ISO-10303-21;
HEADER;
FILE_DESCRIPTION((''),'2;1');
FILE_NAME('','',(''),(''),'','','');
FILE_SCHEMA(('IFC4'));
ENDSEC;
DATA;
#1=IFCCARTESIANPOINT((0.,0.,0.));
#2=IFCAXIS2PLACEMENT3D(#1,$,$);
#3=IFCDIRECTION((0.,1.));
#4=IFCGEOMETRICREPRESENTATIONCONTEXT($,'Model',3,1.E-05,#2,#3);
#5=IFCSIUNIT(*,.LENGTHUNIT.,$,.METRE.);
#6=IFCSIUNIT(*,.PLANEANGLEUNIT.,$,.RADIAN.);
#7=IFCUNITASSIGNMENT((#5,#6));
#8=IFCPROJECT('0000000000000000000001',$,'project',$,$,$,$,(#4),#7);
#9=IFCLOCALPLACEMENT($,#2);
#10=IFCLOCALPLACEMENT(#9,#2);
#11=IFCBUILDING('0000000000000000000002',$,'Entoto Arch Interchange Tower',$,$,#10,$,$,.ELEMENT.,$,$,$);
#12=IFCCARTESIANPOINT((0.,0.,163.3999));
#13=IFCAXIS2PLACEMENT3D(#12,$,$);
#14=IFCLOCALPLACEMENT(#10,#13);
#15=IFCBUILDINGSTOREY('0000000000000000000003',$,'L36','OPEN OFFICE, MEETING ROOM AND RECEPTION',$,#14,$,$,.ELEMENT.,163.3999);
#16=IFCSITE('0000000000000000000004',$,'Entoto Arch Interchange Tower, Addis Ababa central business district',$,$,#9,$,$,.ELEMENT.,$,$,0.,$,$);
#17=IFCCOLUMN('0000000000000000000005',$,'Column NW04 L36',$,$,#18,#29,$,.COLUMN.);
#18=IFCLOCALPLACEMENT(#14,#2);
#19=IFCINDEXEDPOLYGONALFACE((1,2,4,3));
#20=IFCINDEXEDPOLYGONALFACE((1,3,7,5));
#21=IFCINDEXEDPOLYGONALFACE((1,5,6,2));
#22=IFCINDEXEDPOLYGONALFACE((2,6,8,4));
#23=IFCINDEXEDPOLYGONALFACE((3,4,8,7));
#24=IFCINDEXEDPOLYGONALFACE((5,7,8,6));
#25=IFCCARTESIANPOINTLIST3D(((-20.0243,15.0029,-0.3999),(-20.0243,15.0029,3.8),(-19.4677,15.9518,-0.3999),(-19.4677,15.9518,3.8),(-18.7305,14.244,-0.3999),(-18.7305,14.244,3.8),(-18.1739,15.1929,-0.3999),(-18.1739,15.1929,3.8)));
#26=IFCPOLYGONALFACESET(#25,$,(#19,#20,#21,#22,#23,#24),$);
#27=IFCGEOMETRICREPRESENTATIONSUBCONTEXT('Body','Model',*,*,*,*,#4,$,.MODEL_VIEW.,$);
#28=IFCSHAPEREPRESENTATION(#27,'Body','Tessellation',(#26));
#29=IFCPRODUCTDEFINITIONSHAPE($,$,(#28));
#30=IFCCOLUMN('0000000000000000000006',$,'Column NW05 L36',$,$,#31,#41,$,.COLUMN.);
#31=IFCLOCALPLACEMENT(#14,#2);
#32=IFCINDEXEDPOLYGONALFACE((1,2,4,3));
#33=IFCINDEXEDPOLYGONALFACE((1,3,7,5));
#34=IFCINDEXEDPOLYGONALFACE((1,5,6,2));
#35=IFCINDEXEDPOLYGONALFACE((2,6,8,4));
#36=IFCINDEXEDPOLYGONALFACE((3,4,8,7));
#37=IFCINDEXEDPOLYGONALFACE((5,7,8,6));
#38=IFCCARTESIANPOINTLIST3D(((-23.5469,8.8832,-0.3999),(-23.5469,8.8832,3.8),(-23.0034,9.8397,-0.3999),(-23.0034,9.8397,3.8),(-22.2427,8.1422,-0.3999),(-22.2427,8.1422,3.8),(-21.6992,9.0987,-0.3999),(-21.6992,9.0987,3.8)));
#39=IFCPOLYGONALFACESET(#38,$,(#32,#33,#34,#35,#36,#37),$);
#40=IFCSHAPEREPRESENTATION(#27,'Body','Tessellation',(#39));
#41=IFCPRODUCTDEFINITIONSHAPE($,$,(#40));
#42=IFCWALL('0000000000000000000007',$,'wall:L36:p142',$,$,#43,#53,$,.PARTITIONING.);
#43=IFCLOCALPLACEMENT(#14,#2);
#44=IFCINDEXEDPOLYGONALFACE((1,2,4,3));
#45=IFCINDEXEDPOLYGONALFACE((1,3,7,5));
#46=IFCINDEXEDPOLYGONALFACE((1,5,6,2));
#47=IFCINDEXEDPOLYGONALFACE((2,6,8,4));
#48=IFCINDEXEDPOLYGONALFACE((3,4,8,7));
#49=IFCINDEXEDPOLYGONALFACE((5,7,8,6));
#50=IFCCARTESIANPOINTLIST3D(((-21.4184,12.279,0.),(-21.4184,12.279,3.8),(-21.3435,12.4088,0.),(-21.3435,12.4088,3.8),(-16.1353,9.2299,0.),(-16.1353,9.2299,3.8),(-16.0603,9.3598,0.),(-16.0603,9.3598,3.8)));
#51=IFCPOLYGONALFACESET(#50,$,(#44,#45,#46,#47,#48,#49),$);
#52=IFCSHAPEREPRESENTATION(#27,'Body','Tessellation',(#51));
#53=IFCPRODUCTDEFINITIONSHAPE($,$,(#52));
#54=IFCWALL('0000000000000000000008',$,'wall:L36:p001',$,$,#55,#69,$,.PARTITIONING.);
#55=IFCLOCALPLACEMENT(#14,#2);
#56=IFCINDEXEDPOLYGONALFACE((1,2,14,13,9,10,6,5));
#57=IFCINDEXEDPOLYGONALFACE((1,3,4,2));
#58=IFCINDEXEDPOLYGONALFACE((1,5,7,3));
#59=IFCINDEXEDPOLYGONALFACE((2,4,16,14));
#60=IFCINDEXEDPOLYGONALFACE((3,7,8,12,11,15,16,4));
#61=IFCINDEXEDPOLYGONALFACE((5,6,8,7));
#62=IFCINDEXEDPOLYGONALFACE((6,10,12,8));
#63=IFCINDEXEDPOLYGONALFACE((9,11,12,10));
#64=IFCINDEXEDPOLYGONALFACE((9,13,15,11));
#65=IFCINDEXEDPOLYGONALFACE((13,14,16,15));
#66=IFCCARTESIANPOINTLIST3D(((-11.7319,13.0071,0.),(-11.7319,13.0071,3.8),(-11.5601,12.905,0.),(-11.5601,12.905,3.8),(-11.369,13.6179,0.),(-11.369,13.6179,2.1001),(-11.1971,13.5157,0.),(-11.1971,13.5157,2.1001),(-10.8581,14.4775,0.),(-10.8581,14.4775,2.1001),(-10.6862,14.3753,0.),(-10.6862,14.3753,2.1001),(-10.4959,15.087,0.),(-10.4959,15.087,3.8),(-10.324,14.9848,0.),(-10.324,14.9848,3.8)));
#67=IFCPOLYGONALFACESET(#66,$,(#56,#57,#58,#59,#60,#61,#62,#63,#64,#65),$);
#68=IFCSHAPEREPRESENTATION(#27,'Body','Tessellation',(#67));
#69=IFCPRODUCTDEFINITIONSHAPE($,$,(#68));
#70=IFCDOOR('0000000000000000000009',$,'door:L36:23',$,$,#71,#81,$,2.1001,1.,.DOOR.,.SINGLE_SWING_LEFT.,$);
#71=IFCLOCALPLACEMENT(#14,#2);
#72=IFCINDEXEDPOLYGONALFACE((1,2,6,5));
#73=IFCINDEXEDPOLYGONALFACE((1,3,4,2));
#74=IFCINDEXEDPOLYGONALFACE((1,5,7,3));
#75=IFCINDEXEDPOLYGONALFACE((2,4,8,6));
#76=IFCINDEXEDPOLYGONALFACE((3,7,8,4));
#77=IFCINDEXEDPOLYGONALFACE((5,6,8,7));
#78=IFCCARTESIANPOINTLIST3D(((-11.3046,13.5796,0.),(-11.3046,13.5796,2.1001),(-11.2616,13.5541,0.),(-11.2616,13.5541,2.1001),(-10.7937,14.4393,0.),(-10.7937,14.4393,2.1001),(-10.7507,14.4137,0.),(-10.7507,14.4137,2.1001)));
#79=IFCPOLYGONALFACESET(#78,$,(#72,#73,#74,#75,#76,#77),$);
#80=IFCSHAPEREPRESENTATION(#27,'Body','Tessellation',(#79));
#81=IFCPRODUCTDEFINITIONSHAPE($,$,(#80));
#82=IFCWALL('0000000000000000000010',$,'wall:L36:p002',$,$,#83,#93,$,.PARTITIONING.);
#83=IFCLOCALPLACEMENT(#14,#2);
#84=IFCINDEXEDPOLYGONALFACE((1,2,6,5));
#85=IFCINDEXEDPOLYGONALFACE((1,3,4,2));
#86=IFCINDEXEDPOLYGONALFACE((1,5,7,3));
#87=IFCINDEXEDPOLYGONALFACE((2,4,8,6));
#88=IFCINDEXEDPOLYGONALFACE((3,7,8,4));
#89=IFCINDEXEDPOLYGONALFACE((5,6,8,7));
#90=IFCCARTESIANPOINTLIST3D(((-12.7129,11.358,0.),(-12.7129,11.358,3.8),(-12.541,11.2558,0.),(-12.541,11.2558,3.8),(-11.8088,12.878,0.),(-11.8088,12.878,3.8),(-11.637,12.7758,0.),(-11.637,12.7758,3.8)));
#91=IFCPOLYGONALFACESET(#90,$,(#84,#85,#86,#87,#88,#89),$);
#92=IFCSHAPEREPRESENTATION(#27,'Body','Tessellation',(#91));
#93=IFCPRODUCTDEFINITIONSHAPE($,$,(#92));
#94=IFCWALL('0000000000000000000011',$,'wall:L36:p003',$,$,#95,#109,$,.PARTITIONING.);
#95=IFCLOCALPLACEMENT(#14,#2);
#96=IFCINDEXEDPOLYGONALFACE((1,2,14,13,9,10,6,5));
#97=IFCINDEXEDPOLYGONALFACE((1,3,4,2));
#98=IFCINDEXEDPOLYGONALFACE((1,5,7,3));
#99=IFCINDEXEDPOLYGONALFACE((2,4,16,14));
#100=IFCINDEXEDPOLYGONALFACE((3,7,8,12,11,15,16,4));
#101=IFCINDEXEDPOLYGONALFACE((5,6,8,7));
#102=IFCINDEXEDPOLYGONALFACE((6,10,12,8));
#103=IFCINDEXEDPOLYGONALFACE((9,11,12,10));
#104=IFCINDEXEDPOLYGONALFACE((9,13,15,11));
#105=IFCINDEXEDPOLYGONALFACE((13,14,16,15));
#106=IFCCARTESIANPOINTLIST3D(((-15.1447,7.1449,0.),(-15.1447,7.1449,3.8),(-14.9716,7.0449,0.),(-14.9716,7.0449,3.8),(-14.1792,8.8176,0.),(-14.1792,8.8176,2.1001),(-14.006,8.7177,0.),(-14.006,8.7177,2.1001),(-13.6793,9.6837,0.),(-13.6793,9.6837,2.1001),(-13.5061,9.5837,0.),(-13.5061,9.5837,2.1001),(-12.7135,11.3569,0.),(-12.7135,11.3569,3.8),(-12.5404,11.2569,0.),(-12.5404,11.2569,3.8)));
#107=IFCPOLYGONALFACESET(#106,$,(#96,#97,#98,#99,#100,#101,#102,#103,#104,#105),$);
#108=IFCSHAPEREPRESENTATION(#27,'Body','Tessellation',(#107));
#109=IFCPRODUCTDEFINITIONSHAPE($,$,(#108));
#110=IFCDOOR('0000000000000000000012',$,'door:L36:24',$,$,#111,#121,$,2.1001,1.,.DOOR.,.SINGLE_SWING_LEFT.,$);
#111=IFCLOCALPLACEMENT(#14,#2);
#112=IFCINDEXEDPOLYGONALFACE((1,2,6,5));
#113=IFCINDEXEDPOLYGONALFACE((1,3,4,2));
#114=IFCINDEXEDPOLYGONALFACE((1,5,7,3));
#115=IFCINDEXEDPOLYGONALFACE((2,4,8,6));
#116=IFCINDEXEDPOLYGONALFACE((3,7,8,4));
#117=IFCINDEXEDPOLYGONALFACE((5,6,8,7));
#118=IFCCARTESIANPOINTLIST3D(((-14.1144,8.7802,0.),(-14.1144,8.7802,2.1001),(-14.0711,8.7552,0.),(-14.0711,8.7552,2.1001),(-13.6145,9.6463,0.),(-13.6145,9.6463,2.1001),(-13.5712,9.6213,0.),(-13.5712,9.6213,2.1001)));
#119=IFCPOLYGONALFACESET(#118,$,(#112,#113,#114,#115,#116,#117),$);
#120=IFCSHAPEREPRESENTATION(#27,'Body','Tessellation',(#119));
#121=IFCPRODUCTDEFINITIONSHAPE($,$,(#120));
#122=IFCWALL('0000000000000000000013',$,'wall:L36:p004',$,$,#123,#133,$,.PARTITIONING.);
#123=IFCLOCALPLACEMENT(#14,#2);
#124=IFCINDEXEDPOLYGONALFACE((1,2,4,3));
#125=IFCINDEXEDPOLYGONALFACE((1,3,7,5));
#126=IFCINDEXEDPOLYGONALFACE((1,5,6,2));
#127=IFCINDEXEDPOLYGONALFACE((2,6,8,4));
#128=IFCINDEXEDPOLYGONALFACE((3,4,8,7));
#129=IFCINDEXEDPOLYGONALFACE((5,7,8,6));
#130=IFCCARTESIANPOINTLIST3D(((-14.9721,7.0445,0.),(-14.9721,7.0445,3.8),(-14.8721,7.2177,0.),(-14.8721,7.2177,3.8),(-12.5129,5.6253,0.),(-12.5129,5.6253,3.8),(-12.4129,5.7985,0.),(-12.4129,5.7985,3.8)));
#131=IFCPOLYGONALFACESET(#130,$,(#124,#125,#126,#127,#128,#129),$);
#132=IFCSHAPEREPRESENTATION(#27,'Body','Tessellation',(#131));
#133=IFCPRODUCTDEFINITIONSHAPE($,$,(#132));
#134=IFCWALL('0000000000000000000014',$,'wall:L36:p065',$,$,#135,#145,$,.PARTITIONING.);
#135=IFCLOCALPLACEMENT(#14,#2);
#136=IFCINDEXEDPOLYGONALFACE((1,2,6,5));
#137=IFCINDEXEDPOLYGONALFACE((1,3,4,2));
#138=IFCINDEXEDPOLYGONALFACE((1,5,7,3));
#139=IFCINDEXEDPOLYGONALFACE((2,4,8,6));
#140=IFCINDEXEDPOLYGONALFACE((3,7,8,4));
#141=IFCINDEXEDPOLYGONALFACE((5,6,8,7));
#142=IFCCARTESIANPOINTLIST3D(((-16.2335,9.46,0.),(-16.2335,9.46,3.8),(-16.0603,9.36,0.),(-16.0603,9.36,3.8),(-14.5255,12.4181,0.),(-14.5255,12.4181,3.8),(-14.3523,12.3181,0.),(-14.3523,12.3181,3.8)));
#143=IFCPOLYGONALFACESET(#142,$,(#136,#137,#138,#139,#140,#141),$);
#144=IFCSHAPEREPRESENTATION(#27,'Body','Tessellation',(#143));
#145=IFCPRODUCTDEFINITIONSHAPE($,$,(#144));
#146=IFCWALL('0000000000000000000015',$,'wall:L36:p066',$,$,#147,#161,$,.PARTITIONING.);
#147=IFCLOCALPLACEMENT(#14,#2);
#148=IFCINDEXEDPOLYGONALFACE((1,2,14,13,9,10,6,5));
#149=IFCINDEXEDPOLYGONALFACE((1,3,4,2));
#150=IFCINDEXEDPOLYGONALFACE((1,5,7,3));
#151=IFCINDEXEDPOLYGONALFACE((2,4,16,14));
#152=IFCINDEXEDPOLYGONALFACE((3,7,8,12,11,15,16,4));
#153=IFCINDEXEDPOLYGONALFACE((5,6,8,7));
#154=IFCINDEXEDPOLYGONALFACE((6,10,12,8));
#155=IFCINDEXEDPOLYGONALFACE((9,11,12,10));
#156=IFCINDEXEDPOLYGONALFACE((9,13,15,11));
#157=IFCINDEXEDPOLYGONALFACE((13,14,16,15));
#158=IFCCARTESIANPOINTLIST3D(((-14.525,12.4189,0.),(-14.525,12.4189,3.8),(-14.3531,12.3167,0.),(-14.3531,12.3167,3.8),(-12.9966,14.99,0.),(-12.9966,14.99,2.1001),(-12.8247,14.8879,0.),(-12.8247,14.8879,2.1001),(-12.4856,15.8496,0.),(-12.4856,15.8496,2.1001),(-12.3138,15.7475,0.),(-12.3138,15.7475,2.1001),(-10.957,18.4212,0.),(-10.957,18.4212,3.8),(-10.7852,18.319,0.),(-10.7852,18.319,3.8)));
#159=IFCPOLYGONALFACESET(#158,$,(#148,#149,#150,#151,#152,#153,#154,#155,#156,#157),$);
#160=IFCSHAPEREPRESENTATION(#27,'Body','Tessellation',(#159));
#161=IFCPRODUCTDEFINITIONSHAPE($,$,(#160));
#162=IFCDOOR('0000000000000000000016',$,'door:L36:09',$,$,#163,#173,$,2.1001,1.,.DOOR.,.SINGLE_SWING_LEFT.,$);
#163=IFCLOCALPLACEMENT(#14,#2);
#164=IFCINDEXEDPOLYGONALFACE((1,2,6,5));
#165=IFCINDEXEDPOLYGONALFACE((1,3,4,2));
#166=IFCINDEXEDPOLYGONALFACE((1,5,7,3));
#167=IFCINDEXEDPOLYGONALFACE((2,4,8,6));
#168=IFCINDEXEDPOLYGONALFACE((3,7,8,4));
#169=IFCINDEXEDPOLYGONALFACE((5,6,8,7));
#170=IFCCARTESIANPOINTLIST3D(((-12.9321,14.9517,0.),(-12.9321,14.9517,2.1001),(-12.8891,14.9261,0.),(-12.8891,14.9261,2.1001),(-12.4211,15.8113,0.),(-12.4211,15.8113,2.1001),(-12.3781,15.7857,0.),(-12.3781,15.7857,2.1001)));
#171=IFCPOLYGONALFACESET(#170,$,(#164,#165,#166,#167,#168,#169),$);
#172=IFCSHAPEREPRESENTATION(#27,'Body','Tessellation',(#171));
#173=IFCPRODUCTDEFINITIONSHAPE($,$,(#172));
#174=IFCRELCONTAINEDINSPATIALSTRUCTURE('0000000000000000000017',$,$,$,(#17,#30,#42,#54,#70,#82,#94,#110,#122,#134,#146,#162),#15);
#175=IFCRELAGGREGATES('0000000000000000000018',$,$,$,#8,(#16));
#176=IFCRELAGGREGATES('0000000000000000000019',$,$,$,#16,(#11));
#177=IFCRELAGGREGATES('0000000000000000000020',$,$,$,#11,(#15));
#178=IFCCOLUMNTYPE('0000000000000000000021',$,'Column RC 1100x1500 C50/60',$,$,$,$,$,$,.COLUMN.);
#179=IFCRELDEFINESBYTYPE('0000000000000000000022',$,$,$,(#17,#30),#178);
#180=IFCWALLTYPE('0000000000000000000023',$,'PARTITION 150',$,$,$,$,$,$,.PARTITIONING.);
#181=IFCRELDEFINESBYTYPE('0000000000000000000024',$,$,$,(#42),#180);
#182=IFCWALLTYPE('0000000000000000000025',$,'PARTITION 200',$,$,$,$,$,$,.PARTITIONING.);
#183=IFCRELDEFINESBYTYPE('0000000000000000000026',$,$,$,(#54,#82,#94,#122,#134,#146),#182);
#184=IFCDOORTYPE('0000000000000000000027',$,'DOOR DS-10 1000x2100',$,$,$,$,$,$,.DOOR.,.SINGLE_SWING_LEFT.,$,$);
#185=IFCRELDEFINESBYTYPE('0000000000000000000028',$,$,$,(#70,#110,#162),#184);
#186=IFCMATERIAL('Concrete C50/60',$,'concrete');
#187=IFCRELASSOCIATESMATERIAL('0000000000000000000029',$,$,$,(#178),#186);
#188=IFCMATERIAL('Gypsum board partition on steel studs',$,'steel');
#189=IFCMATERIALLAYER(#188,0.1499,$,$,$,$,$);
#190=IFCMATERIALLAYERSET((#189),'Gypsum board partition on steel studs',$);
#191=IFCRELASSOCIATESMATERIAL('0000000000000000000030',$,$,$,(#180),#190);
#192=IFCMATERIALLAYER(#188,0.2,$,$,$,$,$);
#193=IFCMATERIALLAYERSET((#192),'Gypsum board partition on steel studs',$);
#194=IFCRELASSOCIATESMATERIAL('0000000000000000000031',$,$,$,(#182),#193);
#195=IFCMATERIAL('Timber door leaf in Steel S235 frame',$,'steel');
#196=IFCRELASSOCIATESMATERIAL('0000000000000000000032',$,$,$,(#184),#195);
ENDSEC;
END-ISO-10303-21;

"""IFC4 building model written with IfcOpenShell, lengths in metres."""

from ifc_helpers import new_model, si_unit, direction, frame, frame_2d, origin, origin_2d, place, context, subcontext, project, spatial, rectangle, extrude, material, layer, layer_set, material_profile, profile_set, type_object, element, fill, save


model = new_model("IFC4")

# Units and contexts
model_context = context("Model", 3, precision=1e-05, world=origin(), true_north=direction((0.0, 1.0)))
body_context = subcontext(model_context, "Body", "Model", "MODEL_VIEW")
ifc_project = project(units=[si_unit("LENGTHUNIT", "METRE"), si_unit("PLANEANGLEUNIT", "RADIAN")], contexts=[model_context])

# Site, building, storey
site_placement = place(None, origin())
site = spatial("IfcSite", under=ifc_project, at=site_placement, Name="Entoto Arch Interchange Tower, Addis Ababa central business district", CompositionType="ELEMENT", RefElevation=0.0)
building_placement = place(site_placement, origin())
building = spatial("IfcBuilding", under=site, at=building_placement, Name="Entoto Arch Interchange Tower", CompositionType="ELEMENT")
storey_placement = place(building_placement, frame((0.0, 0.0, 163.3999)))
storey = spatial("IfcBuildingStorey", under=building, at=storey_placement, Name="L36", Description="OPEN OFFICE, MEETING ROOM AND RECEPTION", CompositionType="ELEMENT", Elevation=163.3999)

# Columns
ifc_material_1 = material(Name="Concrete C50/60", Category="concrete")
ifc_material_profile = material_profile(ifc_material_1, rectangle(XDim=1.1001, YDim=1.5, at=origin_2d()))
ifc_profile_set = profile_set([ifc_material_profile], Name="Concrete C50/60")
column_type = type_object("IfcColumnType", Name="Column RC 1100x1500 C50/60", PredefinedType="COLUMN", material=ifc_profile_set)
for number, where, z_axis, x_axis, name in (
    (1, (-19.0991, 15.0979, -0.3999), (0.0, 0.0, 1.0), (0.505958, 0.862558, 0.0), "Column NW04 L36"),
    (2, (-22.623, 8.991, -0.3999), (0.0, 0.0, 1.0), (0.494018, 0.869452, 0.0), "Column NW05 L36"),
):
    element("IfcColumn", number, at=place(storey_placement, frame(where, z_axis=z_axis, x_axis=x_axis)), inside=storey, type_object=column_type, Name=name, PredefinedType="COLUMN", context=body_context, shape_type="SweptSolid", body=[
        extrude(rectangle(XDim=1.1001, YDim=1.5, at=origin_2d()), origin(), (0.0, 0.0, 1.0), 4.2),
    ])

# Wall
ifc_material_2 = material(Name="Gypsum board partition on steel studs", Category="steel")
ifc_layer_1 = layer(ifc_material_2, 0.1499)
ifc_layer_set_1 = layer_set([ifc_layer_1], Name="Gypsum board partition on steel studs")
wall_type_1 = type_object("IfcWallType", Name="PARTITION 150", PredefinedType="PARTITIONING", material=ifc_layer_set_1)
wall_1_placement = place(storey_placement, frame((-16.0979, 9.2949, 0.0), z_axis=(0.0, 0.0, 1.0), x_axis=(-0.86611, 0.499854, 0.0)))
element("IfcWall", 3, at=wall_1_placement, inside=storey, type_object=wall_type_1, Name="wall:L36:p142", PredefinedType="PARTITIONING", context=body_context, shape_type="SweptSolid", body=[
    extrude(rectangle(XDim=6.0999, YDim=0.1499, at=frame_2d((3.0498, 0.0))), origin(), (0.0, 0.0, 1.0), 3.8),
])

# Wall, opening, door
ifc_layer_2 = layer(ifc_material_2, 0.2)
ifc_layer_set_2 = layer_set([ifc_layer_2], Name="Gypsum board partition on steel studs")
wall_type_2 = type_object("IfcWallType", Name="PARTITION 200", PredefinedType="PARTITIONING", material=ifc_layer_set_2)
wall_2_placement = place(storey_placement, frame((-10.4099, 15.0359, 0.0), z_axis=(0.0, 0.0, 1.0), x_axis=(-0.5109, -0.85964, 0.0)))
wall_2 = element("IfcWall", 4, at=wall_2_placement, inside=storey, type_object=wall_type_2, Name="wall:L36:p001", PredefinedType="PARTITIONING", context=body_context, shape_type="SweptSolid", body=[
    extrude(rectangle(XDim=2.4194, YDim=0.2, at=frame_2d((1.2097, 0.0))), origin(), (0.0, 0.0, 1.0), 3.8),
])
opening_1_placement = place(wall_2_placement, frame((0.709, 0.0, 0.0)))
opening_1 = element("IfcOpeningElement", 5, at=opening_1_placement, cuts=wall_2, PredefinedType="OPENING", context=body_context, shape_type="SweptSolid", body=[
    extrude(rectangle(XDim=1.0, YDim=2.1001, at=frame_2d((0.5, 1.05))), frame((0.0, 0.1099, 0.0), z_axis=(0.0, -1.0, 0.0), x_axis=(1.0, 0.0, 0.0)), (0.0, 0.0, 1.0), 0.22),
])
ifc_material_3 = material(Name="Timber door leaf in Steel S235 frame", Category="steel")
door_type = type_object("IfcDoorType", Name="DOOR DS-10 1000x2100", OperationType="SINGLE_SWING_LEFT", PredefinedType="DOOR", material=ifc_material_3)
door_1_placement = place(opening_1_placement, origin())
door_1 = element("IfcDoor", 6, at=door_1_placement, inside=storey, type_object=door_type, Name="door:L36:23", OperationType="SINGLE_SWING_LEFT", OverallHeight=2.1001, OverallWidth=1.0, PredefinedType="DOOR", context=body_context, shape_type="SweptSolid", body=[
    extrude(rectangle(XDim=1.0, YDim=2.1001, at=frame_2d((0.5, 1.05))), frame((0.0, 0.0249, 0.0), z_axis=(0.0, -1.0, 0.0), x_axis=(1.0, 0.0, 0.0)), (0.0, 0.0, 1.0), 0.05),
])
fill(opening_1, door_1)

# Wall
wall_3_placement = place(storey_placement, frame((-11.7229, 12.8269, 0.0), z_axis=(0.0, 0.0, 1.0), x_axis=(-0.511183, -0.859472, 0.0)))
element("IfcWall", 7, at=wall_3_placement, inside=storey, type_object=wall_type_2, Name="wall:L36:p002", PredefinedType="PARTITIONING", context=body_context, shape_type="SweptSolid", body=[
    extrude(rectangle(XDim=1.7686, YDim=0.2, at=frame_2d((0.8843, 0.0))), origin(), (0.0, 0.0, 1.0), 3.8),
])

# Wall, opening, door
wall_4_placement = place(storey_placement, frame((-12.627, 11.3069, 0.0), z_axis=(0.0, 0.0, 1.0), x_axis=(-0.499908, -0.866079, 0.0)))
wall_4 = element("IfcWall", 8, at=wall_4_placement, inside=storey, type_object=wall_type_2, Name="wall:L36:p003", PredefinedType="PARTITIONING", context=body_context, shape_type="SweptSolid", body=[
    extrude(rectangle(XDim=4.8633, YDim=0.2, at=frame_2d((2.4316, 0.0))), origin(), (0.0, 0.0, 1.0), 3.8),
])
opening_2_placement = place(wall_4_placement, frame((1.9319, 0.0, 0.0)))
opening_2 = element("IfcOpeningElement", 9, at=opening_2_placement, cuts=wall_4, PredefinedType="OPENING", context=body_context, shape_type="SweptSolid", body=[
    extrude(rectangle(XDim=1.0, YDim=2.1001, at=frame_2d((0.5, 1.05))), frame((0.0, 0.1099, 0.0), z_axis=(0.0, -1.0, 0.0), x_axis=(1.0, 0.0, 0.0)), (0.0, 0.0, 1.0), 0.22),
])
door_2_placement = place(opening_2_placement, origin())
door_2 = element("IfcDoor", 10, at=door_2_placement, inside=storey, type_object=door_type, Name="door:L36:24", OperationType="SINGLE_SWING_LEFT", OverallHeight=2.1001, OverallWidth=1.0, PredefinedType="DOOR", context=body_context, shape_type="SweptSolid", body=[
    extrude(rectangle(XDim=1.0, YDim=2.1001, at=frame_2d((0.5, 1.05))), frame((0.0, 0.0249, 0.0), z_axis=(0.0, -1.0, 0.0), x_axis=(1.0, 0.0, 0.0)), (0.0, 0.0, 1.0), 0.05),
])
fill(opening_2, door_2)

# Walls
wall_5_placement = place(storey_placement, frame((-14.9221, 7.1311, 0.0), z_axis=(0.0, 0.0, 1.0), x_axis=(0.866124, -0.499829, 0.0)))
element("IfcWall", 11, at=wall_5_placement, inside=storey, type_object=wall_type_2, Name="wall:L36:p004", PredefinedType="PARTITIONING", context=body_context, shape_type="SweptSolid", body=[
    extrude(rectangle(XDim=2.8394, YDim=0.2, at=frame_2d((1.4197, 0.0))), origin(), (0.0, 0.0, 1.0), 3.8),
])
wall_6_placement = place(storey_placement, frame((-16.147, 9.4099, 0.0), z_axis=(0.0, 0.0, 1.0), x_axis=(0.500044, 0.866, 0.0)))
element("IfcWall", 12, at=wall_6_placement, inside=storey, type_object=wall_type_2, Name="wall:L36:p065", PredefinedType="PARTITIONING", context=body_context, shape_type="SweptSolid", body=[
    extrude(rectangle(XDim=3.4158, YDim=0.2, at=frame_2d((1.708, 0.0))), origin(), (0.0, 0.0, 1.0), 3.8),
])

# Wall, opening, door
wall_7_placement = place(storey_placement, frame((-14.439, 12.3679, 0.0), z_axis=(0.0, 0.0, 1.0), x_axis=(0.510969, 0.859599, 0.0)))
wall_7 = element("IfcWall", 13, at=wall_7_placement, inside=storey, type_object=wall_type_2, Name="wall:L36:p066", PredefinedType="PARTITIONING", context=body_context, shape_type="SweptSolid", body=[
    extrude(rectangle(XDim=6.9827, YDim=0.2, at=frame_2d((3.4912, 0.0))), origin(), (0.0, 0.0, 1.0), 3.8),
])
opening_3_placement = place(wall_7_placement, frame((2.991, 0.0, 0.0)))
opening_3 = element("IfcOpeningElement", 14, at=opening_3_placement, cuts=wall_7, PredefinedType="OPENING", context=body_context, shape_type="SweptSolid", body=[
    extrude(rectangle(XDim=1.0, YDim=2.1001, at=frame_2d((0.5, 1.05))), frame((0.0, 0.1099, 0.0), z_axis=(0.0, -1.0, 0.0), x_axis=(1.0, 0.0, 0.0)), (0.0, 0.0, 1.0), 0.22),
])
door_3_placement = place(opening_3_placement, origin())
door_3 = element("IfcDoor", 15, at=door_3_placement, inside=storey, type_object=door_type, Name="door:L36:09", OperationType="SINGLE_SWING_LEFT", OverallHeight=2.1001, OverallWidth=1.0, PredefinedType="DOOR", context=body_context, shape_type="SweptSolid", body=[
    extrude(rectangle(XDim=1.0, YDim=2.1001, at=frame_2d((0.5, 1.05))), frame((0.0, 0.0249, 0.0), z_axis=(0.0, -1.0, 0.0), x_axis=(1.0, 0.0, 0.0)), (0.0, 0.0, 1.0), 0.05),
])
fill(opening_3, door_3)

save(model, "model.ifc")
